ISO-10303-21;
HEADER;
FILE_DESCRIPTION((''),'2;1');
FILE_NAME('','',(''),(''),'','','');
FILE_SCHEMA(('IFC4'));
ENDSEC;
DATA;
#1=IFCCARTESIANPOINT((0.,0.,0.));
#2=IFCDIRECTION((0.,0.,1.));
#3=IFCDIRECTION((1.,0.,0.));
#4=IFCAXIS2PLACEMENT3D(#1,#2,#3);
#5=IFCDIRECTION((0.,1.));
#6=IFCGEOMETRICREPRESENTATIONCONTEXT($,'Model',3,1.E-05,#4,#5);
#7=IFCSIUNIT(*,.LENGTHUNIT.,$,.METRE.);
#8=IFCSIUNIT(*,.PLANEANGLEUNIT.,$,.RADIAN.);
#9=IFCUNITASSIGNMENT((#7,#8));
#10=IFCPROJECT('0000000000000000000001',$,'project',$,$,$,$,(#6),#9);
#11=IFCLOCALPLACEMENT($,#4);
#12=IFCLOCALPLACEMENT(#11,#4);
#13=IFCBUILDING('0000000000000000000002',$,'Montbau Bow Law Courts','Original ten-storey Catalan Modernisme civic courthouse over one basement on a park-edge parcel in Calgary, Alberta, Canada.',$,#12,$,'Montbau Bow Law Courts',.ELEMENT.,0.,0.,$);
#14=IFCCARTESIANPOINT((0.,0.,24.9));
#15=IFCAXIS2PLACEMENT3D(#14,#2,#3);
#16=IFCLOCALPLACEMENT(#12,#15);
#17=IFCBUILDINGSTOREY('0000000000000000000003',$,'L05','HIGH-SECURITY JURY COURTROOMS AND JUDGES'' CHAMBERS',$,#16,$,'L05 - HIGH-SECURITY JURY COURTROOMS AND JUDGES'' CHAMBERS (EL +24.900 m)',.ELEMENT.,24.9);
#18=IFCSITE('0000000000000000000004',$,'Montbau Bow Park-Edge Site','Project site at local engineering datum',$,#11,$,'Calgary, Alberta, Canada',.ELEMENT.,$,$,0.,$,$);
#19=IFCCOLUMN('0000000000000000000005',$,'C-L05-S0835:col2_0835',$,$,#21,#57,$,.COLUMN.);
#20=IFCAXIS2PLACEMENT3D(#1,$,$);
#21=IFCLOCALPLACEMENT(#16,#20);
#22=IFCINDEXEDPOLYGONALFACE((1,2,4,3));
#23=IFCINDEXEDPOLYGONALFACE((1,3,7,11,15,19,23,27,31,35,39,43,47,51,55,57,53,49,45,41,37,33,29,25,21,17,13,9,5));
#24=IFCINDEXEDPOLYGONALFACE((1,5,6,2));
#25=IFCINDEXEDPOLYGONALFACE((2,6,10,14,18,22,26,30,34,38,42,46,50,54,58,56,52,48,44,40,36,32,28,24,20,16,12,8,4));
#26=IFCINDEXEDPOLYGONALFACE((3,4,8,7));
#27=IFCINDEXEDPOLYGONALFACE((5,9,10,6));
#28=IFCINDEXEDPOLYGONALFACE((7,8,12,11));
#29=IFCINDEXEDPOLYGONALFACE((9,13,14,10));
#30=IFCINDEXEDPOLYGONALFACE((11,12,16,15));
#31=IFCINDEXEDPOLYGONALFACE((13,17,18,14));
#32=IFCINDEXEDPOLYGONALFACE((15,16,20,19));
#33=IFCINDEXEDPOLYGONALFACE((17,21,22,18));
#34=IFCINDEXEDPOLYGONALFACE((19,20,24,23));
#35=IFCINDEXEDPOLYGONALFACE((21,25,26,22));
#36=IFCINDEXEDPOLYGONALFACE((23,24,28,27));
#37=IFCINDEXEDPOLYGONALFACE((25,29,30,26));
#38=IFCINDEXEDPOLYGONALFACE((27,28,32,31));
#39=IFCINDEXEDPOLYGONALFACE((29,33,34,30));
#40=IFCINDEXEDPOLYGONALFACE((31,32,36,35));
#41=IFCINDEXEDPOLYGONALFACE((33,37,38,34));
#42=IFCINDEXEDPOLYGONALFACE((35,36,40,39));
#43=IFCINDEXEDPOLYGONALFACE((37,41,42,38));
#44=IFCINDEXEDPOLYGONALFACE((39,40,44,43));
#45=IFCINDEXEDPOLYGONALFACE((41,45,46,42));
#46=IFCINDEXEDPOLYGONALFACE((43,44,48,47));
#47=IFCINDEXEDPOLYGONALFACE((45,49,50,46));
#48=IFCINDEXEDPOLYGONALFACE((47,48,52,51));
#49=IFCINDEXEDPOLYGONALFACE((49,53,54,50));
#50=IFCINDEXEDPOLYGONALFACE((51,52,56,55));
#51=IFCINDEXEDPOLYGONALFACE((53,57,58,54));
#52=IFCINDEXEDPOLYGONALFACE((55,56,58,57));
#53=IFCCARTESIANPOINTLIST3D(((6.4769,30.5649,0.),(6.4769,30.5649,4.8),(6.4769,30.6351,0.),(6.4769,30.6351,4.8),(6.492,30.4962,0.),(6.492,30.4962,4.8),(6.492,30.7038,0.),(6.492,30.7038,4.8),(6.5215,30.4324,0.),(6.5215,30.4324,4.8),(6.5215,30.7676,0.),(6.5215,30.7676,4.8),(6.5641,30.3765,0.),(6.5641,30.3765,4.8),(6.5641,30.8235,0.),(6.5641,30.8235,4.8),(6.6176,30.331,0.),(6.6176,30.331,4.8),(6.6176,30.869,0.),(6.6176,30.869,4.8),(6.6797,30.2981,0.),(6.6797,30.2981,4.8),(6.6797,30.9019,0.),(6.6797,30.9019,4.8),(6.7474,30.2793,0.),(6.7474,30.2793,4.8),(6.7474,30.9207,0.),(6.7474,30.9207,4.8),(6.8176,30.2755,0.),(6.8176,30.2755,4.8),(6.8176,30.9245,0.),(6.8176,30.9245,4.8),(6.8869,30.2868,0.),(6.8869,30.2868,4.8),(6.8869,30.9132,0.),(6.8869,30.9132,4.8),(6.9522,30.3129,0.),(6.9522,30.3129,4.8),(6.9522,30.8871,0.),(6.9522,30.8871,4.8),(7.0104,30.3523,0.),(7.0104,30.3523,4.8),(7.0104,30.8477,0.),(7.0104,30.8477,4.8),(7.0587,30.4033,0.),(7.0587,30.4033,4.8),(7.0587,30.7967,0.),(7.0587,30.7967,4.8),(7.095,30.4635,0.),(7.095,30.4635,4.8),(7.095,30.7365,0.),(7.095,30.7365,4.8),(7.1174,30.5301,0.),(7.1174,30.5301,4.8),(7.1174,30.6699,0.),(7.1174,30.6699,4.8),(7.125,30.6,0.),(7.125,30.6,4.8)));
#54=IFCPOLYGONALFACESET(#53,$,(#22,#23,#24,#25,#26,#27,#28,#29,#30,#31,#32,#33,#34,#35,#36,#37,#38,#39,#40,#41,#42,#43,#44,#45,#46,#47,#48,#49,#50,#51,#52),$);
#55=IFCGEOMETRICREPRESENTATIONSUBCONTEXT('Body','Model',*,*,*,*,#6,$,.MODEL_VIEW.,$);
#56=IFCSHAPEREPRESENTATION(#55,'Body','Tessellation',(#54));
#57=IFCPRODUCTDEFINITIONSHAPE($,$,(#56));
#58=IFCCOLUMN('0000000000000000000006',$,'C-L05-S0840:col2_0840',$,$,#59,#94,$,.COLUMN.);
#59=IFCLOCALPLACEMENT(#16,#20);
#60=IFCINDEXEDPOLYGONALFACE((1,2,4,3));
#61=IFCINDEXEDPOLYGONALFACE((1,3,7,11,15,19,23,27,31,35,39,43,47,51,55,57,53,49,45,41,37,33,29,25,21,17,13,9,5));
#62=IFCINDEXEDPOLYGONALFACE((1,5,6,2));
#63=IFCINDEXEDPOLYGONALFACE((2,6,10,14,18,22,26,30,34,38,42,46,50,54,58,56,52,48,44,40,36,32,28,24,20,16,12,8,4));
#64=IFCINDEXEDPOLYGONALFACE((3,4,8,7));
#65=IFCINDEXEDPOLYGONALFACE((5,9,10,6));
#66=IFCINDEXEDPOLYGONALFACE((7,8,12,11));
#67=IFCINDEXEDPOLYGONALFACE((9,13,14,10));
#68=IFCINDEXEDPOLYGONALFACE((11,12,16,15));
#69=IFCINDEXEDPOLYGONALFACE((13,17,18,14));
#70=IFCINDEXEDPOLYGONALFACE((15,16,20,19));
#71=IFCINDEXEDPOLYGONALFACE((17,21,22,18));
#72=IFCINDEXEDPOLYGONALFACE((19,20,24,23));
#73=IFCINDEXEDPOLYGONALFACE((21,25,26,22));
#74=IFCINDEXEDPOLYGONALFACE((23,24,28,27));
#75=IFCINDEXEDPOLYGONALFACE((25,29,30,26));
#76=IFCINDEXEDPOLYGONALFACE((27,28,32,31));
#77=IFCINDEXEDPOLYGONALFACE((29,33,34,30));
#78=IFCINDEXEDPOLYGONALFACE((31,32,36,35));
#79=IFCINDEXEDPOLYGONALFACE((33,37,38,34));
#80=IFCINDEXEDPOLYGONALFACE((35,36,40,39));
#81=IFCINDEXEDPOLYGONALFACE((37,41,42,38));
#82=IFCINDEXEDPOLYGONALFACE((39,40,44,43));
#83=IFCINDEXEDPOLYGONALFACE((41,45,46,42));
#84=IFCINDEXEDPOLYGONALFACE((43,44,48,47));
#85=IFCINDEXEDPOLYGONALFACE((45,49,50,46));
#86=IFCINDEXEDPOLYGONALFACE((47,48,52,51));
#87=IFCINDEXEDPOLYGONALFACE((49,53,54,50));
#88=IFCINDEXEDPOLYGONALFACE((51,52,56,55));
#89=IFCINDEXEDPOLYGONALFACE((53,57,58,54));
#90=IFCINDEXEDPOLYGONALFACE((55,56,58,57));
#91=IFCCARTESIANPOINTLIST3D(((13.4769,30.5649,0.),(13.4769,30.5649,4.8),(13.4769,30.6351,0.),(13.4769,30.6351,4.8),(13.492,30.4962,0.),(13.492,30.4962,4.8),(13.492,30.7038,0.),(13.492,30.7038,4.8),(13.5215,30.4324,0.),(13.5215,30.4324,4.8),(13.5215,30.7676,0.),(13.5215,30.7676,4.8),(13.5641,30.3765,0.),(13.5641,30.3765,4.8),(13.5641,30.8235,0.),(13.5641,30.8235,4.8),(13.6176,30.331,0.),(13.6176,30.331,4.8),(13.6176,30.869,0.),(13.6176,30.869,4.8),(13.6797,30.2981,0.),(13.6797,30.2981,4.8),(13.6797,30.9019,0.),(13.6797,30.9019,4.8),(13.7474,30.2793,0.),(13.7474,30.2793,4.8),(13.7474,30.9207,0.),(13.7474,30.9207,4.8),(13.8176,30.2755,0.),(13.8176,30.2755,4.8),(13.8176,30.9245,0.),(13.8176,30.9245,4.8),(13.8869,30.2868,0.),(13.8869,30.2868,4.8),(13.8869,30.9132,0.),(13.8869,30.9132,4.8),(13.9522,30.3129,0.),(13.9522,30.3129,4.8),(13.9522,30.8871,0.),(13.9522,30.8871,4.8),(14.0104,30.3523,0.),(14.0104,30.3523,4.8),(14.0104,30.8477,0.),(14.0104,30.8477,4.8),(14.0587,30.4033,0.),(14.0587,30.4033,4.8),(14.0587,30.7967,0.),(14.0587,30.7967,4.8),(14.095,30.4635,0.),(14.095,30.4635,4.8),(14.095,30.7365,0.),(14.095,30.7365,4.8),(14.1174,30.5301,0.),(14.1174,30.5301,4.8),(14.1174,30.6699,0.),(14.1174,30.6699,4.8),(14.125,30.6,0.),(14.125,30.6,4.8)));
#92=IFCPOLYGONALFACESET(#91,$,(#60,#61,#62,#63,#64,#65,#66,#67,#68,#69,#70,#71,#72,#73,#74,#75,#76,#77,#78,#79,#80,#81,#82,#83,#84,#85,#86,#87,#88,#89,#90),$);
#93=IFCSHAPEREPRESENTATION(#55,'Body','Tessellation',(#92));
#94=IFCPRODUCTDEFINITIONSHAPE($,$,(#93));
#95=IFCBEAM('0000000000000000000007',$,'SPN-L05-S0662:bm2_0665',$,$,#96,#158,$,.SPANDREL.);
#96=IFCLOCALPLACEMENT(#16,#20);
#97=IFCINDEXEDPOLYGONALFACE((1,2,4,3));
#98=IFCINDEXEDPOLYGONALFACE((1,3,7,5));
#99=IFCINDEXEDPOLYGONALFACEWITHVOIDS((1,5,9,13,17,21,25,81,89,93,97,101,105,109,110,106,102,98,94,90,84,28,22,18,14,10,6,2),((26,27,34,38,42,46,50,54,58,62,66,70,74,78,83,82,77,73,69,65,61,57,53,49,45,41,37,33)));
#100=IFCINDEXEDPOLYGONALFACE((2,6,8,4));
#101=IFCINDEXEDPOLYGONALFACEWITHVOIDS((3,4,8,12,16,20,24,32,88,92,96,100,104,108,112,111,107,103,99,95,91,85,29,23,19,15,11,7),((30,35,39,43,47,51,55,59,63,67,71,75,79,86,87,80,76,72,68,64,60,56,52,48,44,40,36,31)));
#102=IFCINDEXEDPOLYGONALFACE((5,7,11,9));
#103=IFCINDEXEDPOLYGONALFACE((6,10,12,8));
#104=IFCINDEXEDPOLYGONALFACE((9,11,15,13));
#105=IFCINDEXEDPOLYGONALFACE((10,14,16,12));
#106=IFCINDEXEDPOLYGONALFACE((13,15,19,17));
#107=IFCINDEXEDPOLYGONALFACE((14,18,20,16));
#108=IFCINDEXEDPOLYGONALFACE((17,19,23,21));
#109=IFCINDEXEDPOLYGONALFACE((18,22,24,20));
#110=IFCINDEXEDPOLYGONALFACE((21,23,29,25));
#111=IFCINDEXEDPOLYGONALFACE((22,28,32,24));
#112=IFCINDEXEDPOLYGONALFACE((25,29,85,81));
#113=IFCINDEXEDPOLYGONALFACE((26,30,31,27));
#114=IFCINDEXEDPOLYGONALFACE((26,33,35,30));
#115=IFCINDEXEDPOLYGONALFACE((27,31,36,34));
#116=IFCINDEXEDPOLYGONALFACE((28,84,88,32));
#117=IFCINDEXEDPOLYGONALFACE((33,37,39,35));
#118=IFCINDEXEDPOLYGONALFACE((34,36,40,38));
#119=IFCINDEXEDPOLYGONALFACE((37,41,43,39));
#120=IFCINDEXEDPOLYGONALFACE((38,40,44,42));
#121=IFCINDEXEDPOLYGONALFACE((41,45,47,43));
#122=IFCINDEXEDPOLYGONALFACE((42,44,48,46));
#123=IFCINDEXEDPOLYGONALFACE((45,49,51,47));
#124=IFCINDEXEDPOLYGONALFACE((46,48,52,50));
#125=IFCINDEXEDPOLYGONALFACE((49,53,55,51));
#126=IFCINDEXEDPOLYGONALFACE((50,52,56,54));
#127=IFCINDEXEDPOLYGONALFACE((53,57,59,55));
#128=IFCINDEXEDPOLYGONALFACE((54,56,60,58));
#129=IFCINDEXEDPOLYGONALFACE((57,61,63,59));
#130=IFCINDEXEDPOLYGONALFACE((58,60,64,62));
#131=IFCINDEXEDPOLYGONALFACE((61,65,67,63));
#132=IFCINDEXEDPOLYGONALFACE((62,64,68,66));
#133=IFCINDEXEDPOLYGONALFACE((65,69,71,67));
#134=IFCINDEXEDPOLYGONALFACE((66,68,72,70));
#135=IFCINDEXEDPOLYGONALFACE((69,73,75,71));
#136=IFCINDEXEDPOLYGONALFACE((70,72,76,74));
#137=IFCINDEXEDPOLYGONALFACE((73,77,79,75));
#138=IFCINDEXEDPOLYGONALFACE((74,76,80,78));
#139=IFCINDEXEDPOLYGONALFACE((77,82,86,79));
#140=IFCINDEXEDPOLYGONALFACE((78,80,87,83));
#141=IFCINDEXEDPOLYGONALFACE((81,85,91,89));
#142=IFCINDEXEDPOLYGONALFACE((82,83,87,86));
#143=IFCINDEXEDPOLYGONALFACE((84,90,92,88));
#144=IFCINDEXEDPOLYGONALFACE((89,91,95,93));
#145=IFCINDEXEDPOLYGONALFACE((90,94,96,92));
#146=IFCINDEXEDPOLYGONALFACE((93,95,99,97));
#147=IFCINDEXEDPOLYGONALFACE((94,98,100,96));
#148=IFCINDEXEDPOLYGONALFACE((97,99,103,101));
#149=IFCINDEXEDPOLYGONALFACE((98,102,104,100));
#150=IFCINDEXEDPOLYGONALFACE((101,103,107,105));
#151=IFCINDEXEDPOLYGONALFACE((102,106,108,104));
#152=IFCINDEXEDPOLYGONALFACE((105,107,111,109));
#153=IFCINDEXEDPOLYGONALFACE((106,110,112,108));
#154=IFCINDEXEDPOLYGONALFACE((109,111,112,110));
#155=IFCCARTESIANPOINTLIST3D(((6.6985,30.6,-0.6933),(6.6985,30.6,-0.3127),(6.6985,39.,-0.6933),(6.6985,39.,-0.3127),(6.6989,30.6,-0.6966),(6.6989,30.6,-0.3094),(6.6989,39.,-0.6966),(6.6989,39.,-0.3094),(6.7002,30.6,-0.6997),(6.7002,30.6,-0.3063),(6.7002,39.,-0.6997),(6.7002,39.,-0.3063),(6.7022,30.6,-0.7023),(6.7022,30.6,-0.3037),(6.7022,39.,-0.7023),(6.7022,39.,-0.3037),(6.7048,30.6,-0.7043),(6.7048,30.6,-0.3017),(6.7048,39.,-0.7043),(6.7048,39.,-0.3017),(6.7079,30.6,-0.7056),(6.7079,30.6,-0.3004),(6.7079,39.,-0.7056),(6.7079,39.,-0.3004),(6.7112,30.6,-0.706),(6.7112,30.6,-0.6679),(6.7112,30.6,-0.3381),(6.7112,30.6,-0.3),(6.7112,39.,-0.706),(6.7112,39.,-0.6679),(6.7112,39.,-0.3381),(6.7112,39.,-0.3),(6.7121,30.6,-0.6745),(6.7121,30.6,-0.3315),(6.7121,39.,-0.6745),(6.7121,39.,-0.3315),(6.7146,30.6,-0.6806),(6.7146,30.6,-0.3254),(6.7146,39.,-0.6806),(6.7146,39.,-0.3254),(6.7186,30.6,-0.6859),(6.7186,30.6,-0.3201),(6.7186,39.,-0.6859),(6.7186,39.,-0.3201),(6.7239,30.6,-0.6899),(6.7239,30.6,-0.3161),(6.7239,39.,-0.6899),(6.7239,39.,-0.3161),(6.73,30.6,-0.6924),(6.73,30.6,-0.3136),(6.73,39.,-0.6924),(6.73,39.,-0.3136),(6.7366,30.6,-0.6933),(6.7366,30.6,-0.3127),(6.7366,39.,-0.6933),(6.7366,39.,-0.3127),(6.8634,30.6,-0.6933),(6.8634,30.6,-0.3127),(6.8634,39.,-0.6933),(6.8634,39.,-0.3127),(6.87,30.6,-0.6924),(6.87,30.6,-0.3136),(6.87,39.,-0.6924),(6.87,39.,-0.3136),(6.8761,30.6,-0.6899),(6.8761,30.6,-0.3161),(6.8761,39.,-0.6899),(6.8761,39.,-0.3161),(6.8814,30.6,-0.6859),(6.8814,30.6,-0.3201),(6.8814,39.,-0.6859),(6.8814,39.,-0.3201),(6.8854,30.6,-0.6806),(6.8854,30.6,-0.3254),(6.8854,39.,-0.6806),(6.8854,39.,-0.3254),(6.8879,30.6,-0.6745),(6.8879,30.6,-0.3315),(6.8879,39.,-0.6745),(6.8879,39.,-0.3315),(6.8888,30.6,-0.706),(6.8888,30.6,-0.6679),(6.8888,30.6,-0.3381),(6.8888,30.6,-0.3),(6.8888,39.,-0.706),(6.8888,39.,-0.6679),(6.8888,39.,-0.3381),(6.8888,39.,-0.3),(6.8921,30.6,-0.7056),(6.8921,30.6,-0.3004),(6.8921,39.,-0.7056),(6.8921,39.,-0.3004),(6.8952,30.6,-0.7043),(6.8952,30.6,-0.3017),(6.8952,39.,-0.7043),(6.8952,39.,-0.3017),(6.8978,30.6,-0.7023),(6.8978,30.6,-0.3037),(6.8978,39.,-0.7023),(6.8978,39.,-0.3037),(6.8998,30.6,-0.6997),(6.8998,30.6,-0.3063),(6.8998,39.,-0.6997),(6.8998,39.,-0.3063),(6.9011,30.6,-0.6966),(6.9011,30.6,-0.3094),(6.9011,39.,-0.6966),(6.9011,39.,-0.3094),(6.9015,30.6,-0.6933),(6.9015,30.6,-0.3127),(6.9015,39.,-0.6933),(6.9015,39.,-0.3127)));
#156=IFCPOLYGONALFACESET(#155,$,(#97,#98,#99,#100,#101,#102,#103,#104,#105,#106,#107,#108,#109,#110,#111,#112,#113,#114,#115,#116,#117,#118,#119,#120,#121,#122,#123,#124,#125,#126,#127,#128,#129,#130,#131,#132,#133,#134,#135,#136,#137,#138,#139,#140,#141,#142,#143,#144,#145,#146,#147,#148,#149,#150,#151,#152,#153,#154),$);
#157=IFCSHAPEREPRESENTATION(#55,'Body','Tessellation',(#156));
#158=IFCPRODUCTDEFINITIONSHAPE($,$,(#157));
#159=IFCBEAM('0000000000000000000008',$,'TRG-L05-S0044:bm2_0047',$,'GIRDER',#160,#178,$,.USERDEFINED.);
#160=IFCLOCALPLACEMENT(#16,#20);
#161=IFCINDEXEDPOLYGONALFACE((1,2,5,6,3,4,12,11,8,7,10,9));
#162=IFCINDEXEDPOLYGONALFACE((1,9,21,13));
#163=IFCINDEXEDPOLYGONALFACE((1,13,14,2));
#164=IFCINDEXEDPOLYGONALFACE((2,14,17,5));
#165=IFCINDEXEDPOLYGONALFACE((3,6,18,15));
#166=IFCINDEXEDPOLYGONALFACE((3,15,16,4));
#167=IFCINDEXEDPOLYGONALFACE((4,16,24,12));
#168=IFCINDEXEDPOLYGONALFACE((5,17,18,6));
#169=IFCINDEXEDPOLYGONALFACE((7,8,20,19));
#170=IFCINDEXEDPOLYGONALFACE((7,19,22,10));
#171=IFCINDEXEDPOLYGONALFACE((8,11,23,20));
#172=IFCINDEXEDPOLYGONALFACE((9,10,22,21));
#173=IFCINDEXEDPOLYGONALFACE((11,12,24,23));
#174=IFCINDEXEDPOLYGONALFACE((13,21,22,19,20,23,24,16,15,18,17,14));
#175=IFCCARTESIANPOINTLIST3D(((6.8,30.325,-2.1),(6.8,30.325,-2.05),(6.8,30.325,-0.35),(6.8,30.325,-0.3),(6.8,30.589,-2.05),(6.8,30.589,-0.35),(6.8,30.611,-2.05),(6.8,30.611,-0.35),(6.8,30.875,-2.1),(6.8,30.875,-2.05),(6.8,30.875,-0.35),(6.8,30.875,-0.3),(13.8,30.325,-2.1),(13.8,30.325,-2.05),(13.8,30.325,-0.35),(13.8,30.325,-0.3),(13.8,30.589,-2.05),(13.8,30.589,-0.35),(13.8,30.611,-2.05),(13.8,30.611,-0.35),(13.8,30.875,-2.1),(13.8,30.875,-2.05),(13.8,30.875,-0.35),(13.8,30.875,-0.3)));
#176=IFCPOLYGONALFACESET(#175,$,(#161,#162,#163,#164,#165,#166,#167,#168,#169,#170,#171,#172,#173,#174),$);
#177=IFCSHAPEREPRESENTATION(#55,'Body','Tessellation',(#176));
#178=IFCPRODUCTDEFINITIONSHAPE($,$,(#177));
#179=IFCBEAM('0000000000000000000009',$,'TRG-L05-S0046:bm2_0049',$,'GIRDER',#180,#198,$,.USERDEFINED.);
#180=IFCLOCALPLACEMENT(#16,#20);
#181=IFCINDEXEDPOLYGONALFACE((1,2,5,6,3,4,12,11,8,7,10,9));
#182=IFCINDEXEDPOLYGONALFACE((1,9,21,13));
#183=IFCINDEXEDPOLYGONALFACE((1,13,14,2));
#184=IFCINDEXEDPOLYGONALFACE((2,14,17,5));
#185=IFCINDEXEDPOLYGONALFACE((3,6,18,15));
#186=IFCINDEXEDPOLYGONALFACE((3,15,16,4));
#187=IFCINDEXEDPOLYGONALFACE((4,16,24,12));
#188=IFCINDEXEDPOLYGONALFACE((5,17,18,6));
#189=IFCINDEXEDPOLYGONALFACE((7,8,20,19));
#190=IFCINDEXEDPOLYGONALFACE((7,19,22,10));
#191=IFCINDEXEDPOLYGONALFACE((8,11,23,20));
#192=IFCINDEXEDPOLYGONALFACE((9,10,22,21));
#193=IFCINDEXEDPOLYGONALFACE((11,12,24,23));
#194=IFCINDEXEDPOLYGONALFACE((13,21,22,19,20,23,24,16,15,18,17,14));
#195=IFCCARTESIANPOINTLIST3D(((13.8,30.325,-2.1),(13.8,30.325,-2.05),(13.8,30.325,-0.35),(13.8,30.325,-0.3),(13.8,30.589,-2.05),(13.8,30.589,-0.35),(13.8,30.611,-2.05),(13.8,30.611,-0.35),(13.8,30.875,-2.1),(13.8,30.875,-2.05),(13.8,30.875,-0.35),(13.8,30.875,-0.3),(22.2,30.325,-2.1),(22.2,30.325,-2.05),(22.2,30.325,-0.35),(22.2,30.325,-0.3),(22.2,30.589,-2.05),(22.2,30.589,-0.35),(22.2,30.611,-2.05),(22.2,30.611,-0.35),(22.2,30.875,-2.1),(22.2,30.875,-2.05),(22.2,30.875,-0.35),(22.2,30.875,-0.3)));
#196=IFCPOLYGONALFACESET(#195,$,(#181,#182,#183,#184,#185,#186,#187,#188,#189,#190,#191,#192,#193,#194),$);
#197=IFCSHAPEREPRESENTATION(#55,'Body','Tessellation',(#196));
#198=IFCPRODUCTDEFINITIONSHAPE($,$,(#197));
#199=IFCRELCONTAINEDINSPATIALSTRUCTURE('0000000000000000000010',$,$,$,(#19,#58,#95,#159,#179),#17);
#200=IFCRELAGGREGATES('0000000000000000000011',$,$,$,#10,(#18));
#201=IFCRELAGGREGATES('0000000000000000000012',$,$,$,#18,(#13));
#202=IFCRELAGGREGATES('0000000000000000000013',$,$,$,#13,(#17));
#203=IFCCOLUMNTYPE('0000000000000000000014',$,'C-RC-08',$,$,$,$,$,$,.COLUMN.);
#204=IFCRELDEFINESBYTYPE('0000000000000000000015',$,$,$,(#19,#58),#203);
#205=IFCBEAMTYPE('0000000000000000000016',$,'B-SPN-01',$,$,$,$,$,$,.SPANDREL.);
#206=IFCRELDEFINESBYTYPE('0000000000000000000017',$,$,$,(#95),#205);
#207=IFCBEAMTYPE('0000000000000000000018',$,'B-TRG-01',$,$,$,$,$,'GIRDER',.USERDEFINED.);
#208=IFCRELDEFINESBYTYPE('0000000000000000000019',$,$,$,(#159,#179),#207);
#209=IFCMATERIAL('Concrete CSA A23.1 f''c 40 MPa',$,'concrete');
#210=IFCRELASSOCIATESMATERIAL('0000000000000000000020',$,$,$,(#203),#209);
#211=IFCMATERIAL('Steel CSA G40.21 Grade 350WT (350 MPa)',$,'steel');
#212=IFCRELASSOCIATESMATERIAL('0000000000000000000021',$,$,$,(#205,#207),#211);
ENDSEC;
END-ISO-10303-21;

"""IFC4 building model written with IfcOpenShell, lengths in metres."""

from ifc_helpers import new_model, si_unit, direction, frame, origin_with_axes, origin_2d_with_axis, place, context, subcontext, project, spatial, hollow_rectangle, circle, i_section, extrude, material, material_profile, profile_set, type_object, element, save


model = new_model("IFC4")

# Units and contexts
model_context = context("Model", 3, precision=1e-05, world=origin_with_axes(), true_north=direction((0.0, 1.0)))
body_context = subcontext(model_context, "Body", "Model", "MODEL_VIEW")
ifc_project = project(units=[si_unit("LENGTHUNIT", "METRE"), si_unit("PLANEANGLEUNIT", "RADIAN")], contexts=[model_context])

# Site, building, storey
site_placement = place(None, origin_with_axes())
site = spatial("IfcSite", under=ifc_project, at=site_placement, Name="Montbau Bow Park-Edge Site", Description="Project site at local engineering datum", LongName="Calgary, Alberta, Canada", CompositionType="ELEMENT", RefElevation=0.0)
building_placement = place(site_placement, origin_with_axes())
building = spatial("IfcBuilding", under=site, at=building_placement, Name="Montbau Bow Law Courts", Description="Original ten-storey Catalan Modernisme civic courthouse over one basement on a park-edge parcel in Calgary, Alberta, Canada.", LongName="Montbau Bow Law Courts", CompositionType="ELEMENT", ElevationOfRefHeight=0.0, ElevationOfTerrain=0.0)
storey_placement = place(building_placement, frame((0.0, 0.0, 24.9), z_axis=(0.0, 0.0, 1.0), x_axis=(1.0, 0.0, 0.0)))
storey = spatial("IfcBuildingStorey", under=building, at=storey_placement, Name="L05", Description="HIGH-SECURITY JURY COURTROOMS AND JUDGES' CHAMBERS", LongName="L05 - HIGH-SECURITY JURY COURTROOMS AND JUDGES' CHAMBERS (EL +24.900 m)", CompositionType="ELEMENT", Elevation=24.9)

# Columns
ifc_material_1 = material(Name="Concrete CSA A23.1 f'c 40 MPa", Category="concrete")
ifc_material_profile_1 = material_profile(ifc_material_1, circle(Radius=0.325, at=origin_2d_with_axis()), Name="RC650D", Category="Main", Priority=0)
ifc_profile_set_1 = profile_set([ifc_material_profile_1], Name="Concrete CSA A23.1 f'c 40 MPa")
column_type = type_object("IfcColumnType", Name="C-RC-08", PredefinedType="COLUMN", material=ifc_profile_set_1)
for number, where, z_axis, x_axis, name in (
    (1, (6.8, 30.6, 24.9), (0.0, 0.0, 1.0), (1.0, 0.0, 0.0), "C-L05-S0835:col2_0835"),
    (2, (13.8, 30.6, 24.9), (0.0, 0.0, 1.0), (1.0, 0.0, 0.0), "C-L05-S0840:col2_0840"),
):
    element("IfcColumn", number, at=place(None, frame(where, z_axis=z_axis, x_axis=x_axis)), inside=storey, type_object=column_type, Name=name, PredefinedType="COLUMN", context=body_context, shape_type="SweptSolid", body=[
        extrude(circle(Radius=0.325, at=origin_2d_with_axis()), origin_with_axes(), (0.0, 0.0, 1.0), 4.8),
    ])

# Beams
ifc_material_2 = material(Name="Steel CSA G40.21 Grade 350WT (350 MPa)", Category="steel")
ifc_material_profile_2 = material_profile(ifc_material_2, hollow_rectangle(XDim=0.203, YDim=0.406, WallThickness=0.0127, InnerFilletRadius=0.0254, OuterFilletRadius=0.0127, at=origin_2d_with_axis()), Name="HSS406X203X13", Category="Main", Priority=0)
ifc_profile_set_2 = profile_set([ifc_material_profile_2], Name="Steel CSA G40.21 Grade 350WT (350 MPa)")
beam_type_1 = type_object("IfcBeamType", Name="B-SPN-01", PredefinedType="SPANDREL", material=ifc_profile_set_2)
beam_1_placement = place(None, frame((6.8, 30.6, 24.397), z_axis=(0.0, 1.0, 0.0), x_axis=(-1.0, 0.0, 0.0)))
element("IfcBeam", 3, at=beam_1_placement, inside=storey, type_object=beam_type_1, Name="SPN-L05-S0662:bm2_0665", PredefinedType="SPANDREL", context=body_context, shape_type="SweptSolid", body=[
    extrude(hollow_rectangle(XDim=0.203, YDim=0.406, WallThickness=0.0127, InnerFilletRadius=0.0254, OuterFilletRadius=0.0127, at=origin_2d_with_axis()), origin_with_axes(), (0.0, 0.0, 1.0), 8.4),
])
ifc_material_profile_3 = material_profile(ifc_material_2, i_section(OverallWidth=0.55, OverallDepth=1.8, WebThickness=0.022, FlangeThickness=0.05, at=origin_2d_with_axis()), Name="WWF1800X550", Category="Main", Priority=0)
ifc_profile_set_3 = profile_set([ifc_material_profile_3], Name="Steel CSA G40.21 Grade 350WT (350 MPa)")
beam_type_2 = type_object("IfcBeamType", Name="B-TRG-01", ElementType="GIRDER", PredefinedType="USERDEFINED", material=ifc_profile_set_3)
beam_2_placement = place(None, frame((6.8, 30.6, 23.7), z_axis=(1.0, 0.0, 0.0), x_axis=(0.0, 1.0, 0.0)))
element("IfcBeam", 4, at=beam_2_placement, inside=storey, type_object=beam_type_2, Name="TRG-L05-S0044:bm2_0047", ObjectType="GIRDER", PredefinedType="USERDEFINED", context=body_context, shape_type="SweptSolid", body=[
    extrude(i_section(OverallWidth=0.55, OverallDepth=1.8, WebThickness=0.022, FlangeThickness=0.05, at=origin_2d_with_axis()), origin_with_axes(), (0.0, 0.0, 1.0), 7.0),
])
beam_3_placement = place(None, frame((13.8, 30.6, 23.7), z_axis=(1.0, 0.0, 0.0), x_axis=(0.0, 1.0, 0.0)))
element("IfcBeam", 5, at=beam_3_placement, inside=storey, type_object=beam_type_2, Name="TRG-L05-S0046:bm2_0049", ObjectType="GIRDER", PredefinedType="USERDEFINED", context=body_context, shape_type="SweptSolid", body=[
    extrude(i_section(OverallWidth=0.55, OverallDepth=1.8, WebThickness=0.022, FlangeThickness=0.05, at=origin_2d_with_axis()), origin_with_axes(), (0.0, 0.0, 1.0), 8.4),
])

save(model, "model.ifc")
